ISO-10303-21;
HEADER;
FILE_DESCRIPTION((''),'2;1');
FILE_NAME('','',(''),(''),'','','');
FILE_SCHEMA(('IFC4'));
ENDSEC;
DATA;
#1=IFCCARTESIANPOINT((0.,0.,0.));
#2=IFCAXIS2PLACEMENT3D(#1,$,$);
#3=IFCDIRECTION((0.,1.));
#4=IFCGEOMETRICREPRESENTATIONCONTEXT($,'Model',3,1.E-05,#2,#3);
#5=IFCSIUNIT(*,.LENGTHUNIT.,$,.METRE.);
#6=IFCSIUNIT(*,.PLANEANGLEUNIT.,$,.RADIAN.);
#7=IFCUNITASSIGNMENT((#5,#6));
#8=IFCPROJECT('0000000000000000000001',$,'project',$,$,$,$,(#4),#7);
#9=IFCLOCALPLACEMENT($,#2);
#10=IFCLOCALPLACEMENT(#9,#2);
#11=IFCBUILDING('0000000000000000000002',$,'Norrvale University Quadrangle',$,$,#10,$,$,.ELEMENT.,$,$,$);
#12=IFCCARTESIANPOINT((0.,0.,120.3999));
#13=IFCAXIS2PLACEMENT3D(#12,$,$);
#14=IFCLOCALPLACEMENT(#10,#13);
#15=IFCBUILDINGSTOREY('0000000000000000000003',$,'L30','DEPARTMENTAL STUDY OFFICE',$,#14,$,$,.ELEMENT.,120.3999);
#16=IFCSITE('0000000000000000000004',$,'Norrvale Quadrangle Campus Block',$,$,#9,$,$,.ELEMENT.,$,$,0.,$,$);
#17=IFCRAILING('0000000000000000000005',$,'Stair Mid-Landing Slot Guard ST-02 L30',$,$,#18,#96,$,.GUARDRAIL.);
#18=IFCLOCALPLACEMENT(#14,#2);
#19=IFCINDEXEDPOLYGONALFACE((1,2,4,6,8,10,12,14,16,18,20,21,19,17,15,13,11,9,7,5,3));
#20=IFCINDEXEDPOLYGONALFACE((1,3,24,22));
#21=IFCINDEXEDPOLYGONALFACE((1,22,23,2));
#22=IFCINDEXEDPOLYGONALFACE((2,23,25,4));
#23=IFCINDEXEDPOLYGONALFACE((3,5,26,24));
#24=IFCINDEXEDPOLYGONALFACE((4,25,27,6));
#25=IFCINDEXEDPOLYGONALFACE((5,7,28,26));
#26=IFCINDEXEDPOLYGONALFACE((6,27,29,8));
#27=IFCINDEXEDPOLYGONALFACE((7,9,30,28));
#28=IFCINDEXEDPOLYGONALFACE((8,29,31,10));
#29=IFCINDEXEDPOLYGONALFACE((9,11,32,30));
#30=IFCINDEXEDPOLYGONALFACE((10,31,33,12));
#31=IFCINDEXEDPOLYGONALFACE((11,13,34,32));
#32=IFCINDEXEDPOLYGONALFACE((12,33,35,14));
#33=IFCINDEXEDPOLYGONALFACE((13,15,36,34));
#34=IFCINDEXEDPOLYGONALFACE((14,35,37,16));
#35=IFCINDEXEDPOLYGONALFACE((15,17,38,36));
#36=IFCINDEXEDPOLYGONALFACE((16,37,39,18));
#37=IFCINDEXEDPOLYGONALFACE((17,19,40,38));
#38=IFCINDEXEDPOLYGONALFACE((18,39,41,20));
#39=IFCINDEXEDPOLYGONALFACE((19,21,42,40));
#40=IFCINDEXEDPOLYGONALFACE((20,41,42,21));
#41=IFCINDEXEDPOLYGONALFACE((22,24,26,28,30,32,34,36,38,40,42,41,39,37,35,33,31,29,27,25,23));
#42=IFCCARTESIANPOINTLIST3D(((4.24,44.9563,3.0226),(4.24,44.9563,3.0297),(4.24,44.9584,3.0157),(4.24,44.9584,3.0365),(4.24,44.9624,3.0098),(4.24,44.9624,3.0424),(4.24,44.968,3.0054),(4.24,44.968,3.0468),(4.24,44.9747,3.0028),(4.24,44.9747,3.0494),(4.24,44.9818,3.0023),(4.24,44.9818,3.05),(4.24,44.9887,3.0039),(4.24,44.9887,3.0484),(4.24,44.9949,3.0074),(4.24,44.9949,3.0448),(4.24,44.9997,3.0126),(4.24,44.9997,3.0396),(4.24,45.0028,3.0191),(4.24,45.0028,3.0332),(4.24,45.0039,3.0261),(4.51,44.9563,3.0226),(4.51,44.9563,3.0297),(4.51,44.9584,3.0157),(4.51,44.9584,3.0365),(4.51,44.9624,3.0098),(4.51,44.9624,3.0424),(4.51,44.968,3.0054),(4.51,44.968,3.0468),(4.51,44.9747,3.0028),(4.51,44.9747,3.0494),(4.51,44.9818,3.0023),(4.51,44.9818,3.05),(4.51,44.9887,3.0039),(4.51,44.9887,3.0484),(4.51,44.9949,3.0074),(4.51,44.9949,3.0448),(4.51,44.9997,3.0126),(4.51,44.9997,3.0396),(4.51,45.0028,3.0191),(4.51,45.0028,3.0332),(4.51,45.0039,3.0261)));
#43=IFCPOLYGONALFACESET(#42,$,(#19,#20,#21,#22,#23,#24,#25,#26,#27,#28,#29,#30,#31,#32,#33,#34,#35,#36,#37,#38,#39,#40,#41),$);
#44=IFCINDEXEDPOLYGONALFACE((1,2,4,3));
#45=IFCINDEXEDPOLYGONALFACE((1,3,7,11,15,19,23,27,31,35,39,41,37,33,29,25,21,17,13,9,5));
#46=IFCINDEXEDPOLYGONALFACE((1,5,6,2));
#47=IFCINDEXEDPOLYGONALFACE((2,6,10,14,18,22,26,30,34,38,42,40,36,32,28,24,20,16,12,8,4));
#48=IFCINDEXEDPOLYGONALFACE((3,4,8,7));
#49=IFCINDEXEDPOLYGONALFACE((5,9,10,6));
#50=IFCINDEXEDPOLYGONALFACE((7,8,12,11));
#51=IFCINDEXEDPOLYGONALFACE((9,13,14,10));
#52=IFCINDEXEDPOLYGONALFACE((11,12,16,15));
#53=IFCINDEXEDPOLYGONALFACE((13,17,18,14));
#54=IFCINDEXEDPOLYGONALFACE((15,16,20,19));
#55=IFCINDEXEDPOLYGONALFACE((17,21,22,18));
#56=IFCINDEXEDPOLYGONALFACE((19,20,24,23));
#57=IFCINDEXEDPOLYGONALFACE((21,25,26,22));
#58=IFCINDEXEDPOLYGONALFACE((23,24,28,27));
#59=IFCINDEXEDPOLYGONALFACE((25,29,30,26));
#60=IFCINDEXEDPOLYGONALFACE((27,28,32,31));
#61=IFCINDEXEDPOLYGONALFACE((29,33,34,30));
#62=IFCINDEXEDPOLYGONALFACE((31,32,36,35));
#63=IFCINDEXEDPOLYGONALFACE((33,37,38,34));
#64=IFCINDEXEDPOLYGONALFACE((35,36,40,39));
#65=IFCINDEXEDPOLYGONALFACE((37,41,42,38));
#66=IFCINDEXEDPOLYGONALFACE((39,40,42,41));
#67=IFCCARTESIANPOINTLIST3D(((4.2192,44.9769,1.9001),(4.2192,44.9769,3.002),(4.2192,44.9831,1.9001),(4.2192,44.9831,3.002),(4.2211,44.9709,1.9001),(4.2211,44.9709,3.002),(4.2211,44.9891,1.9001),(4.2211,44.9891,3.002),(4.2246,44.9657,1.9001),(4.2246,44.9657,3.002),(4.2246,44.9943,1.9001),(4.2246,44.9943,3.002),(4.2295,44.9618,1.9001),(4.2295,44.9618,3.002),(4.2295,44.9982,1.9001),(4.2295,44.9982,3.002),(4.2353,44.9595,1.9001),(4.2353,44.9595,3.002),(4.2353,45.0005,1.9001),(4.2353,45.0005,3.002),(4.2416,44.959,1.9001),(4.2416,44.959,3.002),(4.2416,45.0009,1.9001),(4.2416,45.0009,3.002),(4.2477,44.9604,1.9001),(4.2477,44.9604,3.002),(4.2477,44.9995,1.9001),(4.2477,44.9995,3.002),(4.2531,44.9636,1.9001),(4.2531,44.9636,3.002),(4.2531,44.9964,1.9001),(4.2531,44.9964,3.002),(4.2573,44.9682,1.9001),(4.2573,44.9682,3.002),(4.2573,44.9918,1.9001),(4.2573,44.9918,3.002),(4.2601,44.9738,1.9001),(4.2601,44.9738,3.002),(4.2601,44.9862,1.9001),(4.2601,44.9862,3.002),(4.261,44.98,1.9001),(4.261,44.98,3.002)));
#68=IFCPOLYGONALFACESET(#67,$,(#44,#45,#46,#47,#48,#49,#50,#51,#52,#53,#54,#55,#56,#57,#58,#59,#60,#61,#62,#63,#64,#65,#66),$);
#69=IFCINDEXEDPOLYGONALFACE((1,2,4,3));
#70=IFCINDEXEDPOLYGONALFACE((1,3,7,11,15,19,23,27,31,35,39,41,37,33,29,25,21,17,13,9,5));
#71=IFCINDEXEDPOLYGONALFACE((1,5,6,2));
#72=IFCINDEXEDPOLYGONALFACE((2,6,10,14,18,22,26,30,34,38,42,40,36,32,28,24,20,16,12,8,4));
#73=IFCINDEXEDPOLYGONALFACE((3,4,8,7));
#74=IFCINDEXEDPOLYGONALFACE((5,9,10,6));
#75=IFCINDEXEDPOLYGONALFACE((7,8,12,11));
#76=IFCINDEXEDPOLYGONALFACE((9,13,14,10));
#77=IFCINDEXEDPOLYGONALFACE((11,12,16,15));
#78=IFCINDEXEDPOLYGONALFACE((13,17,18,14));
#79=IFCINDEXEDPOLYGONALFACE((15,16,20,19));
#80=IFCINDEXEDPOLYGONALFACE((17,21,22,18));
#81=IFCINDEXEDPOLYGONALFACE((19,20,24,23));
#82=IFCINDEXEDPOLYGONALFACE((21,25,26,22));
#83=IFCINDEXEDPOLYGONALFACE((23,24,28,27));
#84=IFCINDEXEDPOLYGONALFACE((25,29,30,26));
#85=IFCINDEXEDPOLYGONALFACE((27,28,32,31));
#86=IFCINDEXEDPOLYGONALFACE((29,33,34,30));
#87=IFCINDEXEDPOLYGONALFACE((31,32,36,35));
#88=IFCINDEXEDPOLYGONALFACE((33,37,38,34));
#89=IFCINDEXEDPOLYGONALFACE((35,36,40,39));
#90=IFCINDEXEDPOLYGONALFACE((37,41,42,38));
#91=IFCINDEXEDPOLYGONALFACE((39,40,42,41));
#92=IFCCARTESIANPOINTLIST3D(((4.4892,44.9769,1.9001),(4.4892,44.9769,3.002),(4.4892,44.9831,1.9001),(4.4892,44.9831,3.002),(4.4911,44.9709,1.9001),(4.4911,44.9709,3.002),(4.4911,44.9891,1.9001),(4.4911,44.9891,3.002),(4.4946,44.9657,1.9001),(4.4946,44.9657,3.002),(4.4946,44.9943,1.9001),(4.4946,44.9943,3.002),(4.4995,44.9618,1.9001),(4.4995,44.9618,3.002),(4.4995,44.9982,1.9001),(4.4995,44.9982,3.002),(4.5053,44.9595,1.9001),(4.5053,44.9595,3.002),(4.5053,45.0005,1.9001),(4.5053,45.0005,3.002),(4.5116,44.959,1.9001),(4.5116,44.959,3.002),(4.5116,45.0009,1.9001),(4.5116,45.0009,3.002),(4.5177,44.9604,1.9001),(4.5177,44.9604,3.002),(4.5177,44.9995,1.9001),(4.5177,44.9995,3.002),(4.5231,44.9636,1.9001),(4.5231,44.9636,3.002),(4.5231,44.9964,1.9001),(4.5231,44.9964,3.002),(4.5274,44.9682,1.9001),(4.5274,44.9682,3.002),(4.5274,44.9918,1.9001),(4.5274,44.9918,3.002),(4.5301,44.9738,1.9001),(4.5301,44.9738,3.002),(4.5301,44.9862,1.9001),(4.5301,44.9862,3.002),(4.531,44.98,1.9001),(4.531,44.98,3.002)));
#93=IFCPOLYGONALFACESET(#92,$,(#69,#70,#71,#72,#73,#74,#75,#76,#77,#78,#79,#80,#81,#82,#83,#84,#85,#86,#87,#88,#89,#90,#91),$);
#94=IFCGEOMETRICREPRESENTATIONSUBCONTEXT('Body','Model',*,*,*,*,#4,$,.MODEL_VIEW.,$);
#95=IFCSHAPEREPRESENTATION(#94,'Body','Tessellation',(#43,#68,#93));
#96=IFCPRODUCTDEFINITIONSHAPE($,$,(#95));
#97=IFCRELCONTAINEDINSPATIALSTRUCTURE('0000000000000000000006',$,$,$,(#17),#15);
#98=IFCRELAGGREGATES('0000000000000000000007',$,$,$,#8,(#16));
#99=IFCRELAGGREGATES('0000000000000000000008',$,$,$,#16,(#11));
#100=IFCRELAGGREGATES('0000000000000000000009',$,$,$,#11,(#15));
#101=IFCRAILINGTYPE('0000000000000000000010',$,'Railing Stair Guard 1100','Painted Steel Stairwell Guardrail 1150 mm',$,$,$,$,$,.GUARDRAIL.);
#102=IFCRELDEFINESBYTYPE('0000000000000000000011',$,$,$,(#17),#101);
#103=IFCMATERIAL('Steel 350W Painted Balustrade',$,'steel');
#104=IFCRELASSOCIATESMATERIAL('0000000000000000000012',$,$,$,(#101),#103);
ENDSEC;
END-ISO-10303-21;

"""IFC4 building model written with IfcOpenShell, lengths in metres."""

from ifc_helpers import new_model, si_unit, direction, frame, origin, origin_2d, place, context, subcontext, project, spatial, circle, extrude, material, type_object, element, save


model = new_model("IFC4")

# Units and contexts
model_context = context("Model", 3, precision=1e-05, world=origin(), true_north=direction((0.0, 1.0)))
body_context = subcontext(model_context, "Body", "Model", "MODEL_VIEW")
ifc_project = project(units=[si_unit("LENGTHUNIT", "METRE"), si_unit("PLANEANGLEUNIT", "RADIAN")], contexts=[model_context])

# Site, building, storey
site_placement = place(None, origin())
site = spatial("IfcSite", under=ifc_project, at=site_placement, Name="Norrvale Quadrangle Campus Block", CompositionType="ELEMENT", RefElevation=0.0)
building_placement = place(site_placement, origin())
building = spatial("IfcBuilding", under=site, at=building_placement, Name="Norrvale University Quadrangle", CompositionType="ELEMENT")
storey_placement = place(building_placement, frame((0.0, 0.0, 120.3999)))
storey = spatial("IfcBuildingStorey", under=building, at=storey_placement, Name="L30", Description="DEPARTMENTAL STUDY OFFICE", CompositionType="ELEMENT", Elevation=120.3999)

# Railing
ifc_material_1 = material(Name="Steel 350W Painted Balustrade", Category="steel")
railing_type_1 = type_object("IfcRailingType", Name="Railing Stair Guard 1100", Description="Painted Steel Stairwell Guardrail 1150 mm", PredefinedType="GUARDRAIL", material=ifc_material_1)
for number, where, name in (
    (1, (4.24, 44.98, 1.9001), "Stair Mid-Landing Slot Guard ST-02 L30"),
):
    element("IfcRailing", number, at=place(storey_placement, frame(where)), inside=storey, type_object=railing_type_1, Name=name, PredefinedType="GUARDRAIL", context=body_context, shape_type="SweptSolid", body=[
        extrude(circle(Radius=0.0239, at=origin_2d()), frame((0.0, 0.0, 1.126), z_axis=(1.0, 0.0, 0.0), x_axis=(0.0, 1.0, 0.0)), (0.0, 0.0, 1.0), 0.27),
        extrude(circle(Radius=0.021, at=origin_2d()), origin(), (0.0, 0.0, 1.0), 1.1018),
        extrude(circle(Radius=0.021, at=origin_2d()), frame((0.27, 0.0, 0.0)), (0.0, 0.0, 1.0), 1.1018),
    ])

save(model, "model.ifc")
